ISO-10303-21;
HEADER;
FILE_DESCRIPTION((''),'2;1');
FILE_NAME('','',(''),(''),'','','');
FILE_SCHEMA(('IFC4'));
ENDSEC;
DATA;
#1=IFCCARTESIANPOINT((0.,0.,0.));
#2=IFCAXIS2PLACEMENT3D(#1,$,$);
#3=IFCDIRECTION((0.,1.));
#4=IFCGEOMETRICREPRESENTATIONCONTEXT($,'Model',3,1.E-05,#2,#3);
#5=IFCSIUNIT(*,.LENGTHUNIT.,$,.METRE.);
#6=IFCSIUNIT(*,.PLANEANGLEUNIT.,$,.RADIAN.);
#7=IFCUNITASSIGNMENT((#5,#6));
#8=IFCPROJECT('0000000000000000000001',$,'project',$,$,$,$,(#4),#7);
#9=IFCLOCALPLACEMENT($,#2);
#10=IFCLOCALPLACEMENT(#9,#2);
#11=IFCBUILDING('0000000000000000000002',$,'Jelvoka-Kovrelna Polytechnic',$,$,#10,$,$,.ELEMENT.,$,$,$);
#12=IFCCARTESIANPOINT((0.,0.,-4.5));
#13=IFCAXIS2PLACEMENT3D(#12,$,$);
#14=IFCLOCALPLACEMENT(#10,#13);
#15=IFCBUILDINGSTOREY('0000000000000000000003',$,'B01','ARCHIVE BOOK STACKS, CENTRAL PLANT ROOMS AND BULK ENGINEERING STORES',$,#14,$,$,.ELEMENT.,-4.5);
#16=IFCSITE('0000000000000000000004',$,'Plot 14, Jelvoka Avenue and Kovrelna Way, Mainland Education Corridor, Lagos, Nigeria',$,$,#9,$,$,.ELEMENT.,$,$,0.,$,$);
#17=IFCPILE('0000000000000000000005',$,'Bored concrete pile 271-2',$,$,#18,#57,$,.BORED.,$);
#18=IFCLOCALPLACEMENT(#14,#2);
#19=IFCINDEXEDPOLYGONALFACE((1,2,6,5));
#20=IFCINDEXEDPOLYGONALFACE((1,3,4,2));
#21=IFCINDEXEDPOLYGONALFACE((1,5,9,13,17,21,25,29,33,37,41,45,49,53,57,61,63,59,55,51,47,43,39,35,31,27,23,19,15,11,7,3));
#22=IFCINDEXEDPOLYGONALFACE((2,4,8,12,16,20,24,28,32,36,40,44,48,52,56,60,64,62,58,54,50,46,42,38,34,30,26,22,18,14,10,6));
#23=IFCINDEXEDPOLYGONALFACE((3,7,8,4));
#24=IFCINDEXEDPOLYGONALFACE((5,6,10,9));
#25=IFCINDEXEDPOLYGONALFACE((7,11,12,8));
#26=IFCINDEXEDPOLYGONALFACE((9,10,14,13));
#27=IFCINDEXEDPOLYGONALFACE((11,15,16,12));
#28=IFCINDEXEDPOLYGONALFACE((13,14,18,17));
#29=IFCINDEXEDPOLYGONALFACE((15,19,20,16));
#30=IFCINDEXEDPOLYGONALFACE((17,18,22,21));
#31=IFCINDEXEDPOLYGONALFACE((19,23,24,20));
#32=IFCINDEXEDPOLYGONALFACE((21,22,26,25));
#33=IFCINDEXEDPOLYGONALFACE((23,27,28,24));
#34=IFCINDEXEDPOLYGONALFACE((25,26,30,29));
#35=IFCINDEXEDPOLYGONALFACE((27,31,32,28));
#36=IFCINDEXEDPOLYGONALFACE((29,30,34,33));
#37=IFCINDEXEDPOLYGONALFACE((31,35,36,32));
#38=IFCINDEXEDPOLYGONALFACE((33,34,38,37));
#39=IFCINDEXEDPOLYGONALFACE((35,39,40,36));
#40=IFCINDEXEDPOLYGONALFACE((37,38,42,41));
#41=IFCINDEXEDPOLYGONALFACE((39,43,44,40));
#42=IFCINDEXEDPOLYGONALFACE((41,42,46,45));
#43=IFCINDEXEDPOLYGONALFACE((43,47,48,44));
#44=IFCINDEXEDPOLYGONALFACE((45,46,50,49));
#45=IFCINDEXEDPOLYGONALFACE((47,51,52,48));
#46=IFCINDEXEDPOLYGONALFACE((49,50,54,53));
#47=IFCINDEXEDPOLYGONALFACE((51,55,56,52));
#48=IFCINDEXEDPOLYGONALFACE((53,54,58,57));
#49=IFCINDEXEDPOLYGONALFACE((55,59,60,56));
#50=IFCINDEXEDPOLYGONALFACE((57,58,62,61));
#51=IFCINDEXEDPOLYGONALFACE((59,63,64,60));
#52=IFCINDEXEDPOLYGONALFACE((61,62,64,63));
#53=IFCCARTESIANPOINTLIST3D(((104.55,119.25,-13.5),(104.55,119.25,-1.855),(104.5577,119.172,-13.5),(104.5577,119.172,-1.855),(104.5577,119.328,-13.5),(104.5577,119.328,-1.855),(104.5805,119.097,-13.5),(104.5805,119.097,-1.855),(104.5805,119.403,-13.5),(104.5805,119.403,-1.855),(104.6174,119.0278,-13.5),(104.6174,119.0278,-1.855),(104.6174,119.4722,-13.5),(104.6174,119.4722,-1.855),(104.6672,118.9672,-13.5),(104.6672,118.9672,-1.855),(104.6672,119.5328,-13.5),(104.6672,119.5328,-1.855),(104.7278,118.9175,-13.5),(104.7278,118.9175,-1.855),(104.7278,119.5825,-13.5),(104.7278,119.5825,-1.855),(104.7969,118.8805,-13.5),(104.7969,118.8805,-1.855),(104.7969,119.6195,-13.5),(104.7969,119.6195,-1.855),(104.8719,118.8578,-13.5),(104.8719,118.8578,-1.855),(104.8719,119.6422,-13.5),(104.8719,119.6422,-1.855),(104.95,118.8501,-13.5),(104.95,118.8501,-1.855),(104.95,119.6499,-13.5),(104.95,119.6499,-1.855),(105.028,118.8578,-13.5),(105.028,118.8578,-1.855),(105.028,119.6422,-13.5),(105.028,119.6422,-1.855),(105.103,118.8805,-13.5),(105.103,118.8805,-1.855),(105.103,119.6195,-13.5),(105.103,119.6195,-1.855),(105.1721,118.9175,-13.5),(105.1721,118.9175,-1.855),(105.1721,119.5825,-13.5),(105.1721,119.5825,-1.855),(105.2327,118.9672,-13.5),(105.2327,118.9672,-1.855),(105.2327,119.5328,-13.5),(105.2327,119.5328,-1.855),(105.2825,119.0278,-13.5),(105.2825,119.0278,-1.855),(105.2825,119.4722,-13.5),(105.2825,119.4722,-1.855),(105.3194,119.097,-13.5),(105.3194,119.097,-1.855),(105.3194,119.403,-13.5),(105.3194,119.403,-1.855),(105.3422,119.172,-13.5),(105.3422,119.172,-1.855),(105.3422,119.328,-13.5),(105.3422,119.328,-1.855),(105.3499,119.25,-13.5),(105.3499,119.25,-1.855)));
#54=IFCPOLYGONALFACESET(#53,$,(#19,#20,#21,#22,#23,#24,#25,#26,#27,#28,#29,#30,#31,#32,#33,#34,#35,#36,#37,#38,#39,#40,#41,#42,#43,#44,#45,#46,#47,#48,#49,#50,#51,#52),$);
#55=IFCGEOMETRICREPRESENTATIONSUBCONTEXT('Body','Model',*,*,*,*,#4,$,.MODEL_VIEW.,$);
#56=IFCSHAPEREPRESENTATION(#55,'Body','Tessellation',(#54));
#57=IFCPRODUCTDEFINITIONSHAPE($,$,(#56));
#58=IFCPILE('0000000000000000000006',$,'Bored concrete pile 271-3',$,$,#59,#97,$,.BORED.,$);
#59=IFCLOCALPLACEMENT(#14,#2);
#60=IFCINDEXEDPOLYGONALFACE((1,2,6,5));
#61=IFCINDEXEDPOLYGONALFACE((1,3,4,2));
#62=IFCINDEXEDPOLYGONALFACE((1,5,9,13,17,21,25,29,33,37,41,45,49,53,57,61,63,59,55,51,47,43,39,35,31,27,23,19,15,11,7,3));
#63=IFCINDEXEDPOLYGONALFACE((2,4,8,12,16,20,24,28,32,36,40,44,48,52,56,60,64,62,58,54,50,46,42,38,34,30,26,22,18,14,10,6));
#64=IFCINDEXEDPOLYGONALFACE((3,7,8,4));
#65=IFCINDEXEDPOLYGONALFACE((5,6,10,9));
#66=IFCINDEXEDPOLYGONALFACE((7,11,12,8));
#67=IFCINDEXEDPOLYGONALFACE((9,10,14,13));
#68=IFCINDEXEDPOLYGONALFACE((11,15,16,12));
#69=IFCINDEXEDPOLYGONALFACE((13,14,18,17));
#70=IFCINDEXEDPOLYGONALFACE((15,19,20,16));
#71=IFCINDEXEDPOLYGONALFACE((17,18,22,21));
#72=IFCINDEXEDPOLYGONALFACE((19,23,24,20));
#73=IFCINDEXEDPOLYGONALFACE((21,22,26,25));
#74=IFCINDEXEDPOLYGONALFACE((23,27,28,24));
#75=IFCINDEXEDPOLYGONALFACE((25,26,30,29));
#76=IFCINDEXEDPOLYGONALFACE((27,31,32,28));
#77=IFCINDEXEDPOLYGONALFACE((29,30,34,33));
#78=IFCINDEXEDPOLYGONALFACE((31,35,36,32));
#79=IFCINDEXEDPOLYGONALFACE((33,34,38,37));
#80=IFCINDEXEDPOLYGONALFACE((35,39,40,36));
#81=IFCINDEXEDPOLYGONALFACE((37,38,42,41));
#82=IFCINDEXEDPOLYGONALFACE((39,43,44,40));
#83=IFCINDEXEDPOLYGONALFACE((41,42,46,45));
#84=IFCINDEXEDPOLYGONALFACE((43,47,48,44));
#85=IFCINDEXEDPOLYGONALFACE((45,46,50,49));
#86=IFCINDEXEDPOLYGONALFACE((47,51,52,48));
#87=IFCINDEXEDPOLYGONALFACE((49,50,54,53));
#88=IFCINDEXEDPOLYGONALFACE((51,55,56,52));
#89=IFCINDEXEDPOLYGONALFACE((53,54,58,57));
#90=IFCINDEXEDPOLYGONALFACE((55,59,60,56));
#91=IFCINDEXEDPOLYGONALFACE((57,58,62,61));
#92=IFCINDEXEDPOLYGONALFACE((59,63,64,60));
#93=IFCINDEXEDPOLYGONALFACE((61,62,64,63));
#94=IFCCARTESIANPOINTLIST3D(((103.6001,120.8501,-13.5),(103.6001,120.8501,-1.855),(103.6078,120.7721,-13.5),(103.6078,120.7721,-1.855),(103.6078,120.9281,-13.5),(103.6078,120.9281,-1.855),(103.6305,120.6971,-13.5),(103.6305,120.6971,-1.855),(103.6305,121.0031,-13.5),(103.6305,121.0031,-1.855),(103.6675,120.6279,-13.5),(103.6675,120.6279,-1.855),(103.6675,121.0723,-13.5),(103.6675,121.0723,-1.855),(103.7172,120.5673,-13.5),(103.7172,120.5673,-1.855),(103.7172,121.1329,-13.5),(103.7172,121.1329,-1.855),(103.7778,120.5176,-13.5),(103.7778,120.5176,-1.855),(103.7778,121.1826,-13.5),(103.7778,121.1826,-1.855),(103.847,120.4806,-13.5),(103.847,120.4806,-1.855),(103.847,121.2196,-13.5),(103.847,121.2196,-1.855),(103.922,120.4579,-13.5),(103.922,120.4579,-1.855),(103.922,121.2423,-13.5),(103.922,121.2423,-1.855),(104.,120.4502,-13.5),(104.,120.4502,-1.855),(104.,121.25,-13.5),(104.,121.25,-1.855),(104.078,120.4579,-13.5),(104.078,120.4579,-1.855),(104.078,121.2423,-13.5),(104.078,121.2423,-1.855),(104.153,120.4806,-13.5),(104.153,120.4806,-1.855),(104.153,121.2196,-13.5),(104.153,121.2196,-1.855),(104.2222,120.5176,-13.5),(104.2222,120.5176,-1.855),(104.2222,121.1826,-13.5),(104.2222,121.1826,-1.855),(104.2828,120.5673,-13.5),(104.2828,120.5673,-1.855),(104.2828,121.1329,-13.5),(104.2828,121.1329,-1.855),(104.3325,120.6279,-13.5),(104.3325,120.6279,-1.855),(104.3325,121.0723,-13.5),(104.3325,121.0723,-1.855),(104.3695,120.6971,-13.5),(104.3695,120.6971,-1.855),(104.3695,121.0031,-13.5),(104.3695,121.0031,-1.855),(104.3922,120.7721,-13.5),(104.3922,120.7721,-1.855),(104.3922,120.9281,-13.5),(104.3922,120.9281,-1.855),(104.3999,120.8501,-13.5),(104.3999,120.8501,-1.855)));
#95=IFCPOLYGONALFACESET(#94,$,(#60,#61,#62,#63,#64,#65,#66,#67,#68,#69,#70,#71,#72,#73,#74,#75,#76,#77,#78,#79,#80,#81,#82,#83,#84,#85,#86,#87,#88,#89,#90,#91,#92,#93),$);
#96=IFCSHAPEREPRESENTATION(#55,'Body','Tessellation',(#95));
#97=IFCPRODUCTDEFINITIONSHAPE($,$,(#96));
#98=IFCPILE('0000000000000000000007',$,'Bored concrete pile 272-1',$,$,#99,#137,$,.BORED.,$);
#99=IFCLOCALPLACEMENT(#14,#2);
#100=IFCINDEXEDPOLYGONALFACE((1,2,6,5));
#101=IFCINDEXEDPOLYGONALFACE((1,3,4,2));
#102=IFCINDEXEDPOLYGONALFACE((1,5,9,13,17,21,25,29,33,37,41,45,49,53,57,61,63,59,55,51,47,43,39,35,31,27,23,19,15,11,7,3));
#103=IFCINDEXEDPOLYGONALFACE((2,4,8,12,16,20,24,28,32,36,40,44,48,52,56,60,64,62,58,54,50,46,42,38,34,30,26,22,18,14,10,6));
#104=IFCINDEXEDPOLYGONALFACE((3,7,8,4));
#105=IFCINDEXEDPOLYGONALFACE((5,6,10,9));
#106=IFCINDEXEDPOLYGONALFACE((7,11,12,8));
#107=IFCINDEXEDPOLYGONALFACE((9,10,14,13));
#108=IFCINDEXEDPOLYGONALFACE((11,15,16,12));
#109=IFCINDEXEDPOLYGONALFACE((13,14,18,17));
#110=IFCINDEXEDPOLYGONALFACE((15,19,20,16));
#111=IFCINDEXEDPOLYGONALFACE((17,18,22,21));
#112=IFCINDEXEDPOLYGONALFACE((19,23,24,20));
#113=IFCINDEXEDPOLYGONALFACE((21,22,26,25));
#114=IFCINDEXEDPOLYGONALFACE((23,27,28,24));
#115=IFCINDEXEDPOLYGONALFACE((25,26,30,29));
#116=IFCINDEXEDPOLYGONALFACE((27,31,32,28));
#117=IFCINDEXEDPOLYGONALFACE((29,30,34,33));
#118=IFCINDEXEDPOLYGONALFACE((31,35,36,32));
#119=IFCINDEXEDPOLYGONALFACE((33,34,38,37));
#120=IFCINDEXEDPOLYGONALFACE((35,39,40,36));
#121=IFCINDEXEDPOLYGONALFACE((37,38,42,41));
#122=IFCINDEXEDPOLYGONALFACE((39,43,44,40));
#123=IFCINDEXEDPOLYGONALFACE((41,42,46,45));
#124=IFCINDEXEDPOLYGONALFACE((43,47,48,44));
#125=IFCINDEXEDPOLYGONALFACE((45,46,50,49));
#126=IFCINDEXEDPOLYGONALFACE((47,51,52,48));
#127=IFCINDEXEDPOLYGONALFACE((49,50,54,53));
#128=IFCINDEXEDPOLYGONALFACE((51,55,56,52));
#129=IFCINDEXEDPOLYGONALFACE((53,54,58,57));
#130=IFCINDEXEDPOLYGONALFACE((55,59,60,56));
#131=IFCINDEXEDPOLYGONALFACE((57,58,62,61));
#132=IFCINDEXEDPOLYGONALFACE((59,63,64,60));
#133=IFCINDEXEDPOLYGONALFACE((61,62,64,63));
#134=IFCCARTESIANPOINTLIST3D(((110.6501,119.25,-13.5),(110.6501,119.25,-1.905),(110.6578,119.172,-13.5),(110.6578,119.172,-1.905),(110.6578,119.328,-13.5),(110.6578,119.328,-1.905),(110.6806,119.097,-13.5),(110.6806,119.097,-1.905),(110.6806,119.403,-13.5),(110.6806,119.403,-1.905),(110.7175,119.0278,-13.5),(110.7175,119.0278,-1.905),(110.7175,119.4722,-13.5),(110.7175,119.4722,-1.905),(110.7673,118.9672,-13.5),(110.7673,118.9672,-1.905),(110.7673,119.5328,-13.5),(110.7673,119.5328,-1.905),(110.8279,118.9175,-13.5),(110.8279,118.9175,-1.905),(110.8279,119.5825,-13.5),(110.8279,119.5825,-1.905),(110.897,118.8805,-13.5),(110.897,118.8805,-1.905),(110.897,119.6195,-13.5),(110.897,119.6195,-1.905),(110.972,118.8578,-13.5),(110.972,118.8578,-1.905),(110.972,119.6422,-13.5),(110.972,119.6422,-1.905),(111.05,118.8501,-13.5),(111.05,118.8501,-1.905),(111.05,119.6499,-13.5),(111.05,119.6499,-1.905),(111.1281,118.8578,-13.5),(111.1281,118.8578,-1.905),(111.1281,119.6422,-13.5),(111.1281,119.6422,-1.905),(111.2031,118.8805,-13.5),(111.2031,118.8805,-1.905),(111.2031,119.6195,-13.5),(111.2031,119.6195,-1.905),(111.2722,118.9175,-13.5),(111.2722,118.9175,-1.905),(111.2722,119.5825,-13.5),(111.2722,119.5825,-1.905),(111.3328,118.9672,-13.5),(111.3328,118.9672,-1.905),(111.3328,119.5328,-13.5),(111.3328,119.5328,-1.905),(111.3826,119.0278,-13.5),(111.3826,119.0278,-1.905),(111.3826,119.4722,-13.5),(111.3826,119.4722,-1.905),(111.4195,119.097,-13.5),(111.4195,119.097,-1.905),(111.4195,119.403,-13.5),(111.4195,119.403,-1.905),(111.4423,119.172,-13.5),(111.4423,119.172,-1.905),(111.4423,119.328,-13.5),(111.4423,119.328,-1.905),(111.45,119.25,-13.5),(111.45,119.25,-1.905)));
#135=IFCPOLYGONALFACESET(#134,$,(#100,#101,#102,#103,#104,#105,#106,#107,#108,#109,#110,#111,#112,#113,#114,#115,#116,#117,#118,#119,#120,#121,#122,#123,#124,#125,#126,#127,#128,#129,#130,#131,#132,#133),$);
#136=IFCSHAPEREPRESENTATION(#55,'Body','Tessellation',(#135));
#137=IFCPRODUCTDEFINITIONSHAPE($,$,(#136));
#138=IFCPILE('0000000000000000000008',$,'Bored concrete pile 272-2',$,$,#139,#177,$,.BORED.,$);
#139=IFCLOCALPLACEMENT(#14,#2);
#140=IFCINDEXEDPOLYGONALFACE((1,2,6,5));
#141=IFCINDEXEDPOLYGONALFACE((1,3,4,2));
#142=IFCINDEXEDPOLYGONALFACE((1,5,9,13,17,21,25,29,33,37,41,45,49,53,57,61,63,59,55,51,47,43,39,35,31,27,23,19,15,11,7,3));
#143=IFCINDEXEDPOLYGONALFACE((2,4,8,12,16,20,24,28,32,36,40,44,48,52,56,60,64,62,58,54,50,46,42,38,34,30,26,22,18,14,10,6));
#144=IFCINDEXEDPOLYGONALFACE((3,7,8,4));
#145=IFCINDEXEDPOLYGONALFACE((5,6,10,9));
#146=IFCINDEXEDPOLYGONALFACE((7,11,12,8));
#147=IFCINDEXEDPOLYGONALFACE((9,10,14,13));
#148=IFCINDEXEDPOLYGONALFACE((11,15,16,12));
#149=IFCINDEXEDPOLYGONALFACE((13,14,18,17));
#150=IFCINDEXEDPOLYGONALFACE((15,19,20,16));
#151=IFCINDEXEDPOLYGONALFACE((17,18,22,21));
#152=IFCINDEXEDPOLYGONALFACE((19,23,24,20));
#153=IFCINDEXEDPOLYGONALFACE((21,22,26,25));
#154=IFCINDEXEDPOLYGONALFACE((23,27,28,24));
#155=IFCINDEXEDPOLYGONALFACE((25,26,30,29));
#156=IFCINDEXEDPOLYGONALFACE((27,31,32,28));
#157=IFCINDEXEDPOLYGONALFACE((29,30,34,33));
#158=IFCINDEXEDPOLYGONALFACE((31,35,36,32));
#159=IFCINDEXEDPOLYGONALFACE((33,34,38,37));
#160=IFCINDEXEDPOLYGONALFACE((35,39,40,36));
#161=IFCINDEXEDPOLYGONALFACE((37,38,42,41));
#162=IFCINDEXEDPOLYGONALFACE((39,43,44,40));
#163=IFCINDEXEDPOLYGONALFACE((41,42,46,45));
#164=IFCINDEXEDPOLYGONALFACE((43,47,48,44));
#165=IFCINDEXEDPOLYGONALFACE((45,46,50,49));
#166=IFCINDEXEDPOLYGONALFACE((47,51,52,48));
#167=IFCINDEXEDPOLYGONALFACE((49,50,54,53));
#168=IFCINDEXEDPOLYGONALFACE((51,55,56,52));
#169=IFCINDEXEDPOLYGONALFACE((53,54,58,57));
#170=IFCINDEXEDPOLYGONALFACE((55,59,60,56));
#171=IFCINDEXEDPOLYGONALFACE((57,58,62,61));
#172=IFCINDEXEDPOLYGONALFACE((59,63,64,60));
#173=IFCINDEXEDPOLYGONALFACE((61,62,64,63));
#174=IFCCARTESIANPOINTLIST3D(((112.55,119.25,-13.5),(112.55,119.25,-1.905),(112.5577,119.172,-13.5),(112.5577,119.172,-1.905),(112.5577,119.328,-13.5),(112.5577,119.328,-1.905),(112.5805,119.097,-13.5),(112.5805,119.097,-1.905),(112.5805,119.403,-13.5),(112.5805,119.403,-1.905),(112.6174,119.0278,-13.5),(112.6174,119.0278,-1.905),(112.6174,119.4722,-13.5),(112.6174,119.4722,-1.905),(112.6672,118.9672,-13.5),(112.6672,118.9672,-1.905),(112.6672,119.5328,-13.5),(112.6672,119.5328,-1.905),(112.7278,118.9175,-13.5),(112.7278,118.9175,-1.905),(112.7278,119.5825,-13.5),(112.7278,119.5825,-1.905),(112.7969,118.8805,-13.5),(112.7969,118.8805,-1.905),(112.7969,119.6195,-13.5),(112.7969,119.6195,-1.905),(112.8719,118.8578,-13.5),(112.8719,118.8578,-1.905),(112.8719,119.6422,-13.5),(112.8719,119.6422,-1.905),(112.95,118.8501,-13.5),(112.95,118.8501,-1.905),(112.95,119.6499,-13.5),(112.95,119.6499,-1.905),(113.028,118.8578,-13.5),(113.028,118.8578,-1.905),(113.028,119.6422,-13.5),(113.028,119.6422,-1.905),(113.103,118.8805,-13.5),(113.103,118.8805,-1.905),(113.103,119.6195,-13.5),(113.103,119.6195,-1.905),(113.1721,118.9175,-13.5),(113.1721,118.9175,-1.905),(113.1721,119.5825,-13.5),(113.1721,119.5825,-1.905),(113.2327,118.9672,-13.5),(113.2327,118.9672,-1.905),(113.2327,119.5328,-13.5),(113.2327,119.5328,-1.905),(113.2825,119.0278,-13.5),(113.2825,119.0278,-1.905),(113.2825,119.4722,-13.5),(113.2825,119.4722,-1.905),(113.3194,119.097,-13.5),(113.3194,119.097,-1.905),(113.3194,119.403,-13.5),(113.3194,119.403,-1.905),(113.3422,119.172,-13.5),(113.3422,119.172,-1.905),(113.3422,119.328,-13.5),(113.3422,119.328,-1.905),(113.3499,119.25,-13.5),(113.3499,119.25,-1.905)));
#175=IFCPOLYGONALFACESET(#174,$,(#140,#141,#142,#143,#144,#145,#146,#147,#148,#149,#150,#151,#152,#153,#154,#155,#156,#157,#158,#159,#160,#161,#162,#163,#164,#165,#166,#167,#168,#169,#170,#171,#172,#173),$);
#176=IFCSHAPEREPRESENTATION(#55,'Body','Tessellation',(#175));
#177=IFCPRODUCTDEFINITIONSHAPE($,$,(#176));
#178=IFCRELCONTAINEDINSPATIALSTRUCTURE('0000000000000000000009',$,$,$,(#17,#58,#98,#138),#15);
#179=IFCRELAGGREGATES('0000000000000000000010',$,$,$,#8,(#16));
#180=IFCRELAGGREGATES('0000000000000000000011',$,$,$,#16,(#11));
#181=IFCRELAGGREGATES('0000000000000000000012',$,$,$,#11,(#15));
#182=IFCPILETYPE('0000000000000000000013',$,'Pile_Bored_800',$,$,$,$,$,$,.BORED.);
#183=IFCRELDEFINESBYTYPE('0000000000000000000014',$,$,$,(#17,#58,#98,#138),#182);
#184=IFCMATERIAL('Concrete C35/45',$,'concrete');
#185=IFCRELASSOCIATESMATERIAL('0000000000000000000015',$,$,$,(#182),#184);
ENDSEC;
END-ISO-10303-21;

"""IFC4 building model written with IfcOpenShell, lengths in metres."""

from ifc_helpers import new_model, si_unit, direction, frame, origin, origin_2d, place, context, subcontext, project, spatial, circle, extrude, material, material_profile, profile_set, type_object, element, save


model = new_model("IFC4")

# Units and contexts
model_context = context("Model", 3, precision=1e-05, world=origin(), true_north=direction((0.0, 1.0)))
body_context = subcontext(model_context, "Body", "Model", "MODEL_VIEW")
ifc_project = project(units=[si_unit("LENGTHUNIT", "METRE"), si_unit("PLANEANGLEUNIT", "RADIAN")], contexts=[model_context])

# Site, building, storey
site_placement = place(None, origin())
site = spatial("IfcSite", under=ifc_project, at=site_placement, Name="Plot 14, Jelvoka Avenue and Kovrelna Way, Mainland Education Corridor, Lagos, Nigeria", CompositionType="ELEMENT", RefElevation=0.0)
building_placement = place(site_placement, origin())
building = spatial("IfcBuilding", under=site, at=building_placement, Name="Jelvoka-Kovrelna Polytechnic", CompositionType="ELEMENT")
storey_placement = place(building_placement, frame((0.0, 0.0, -4.5)))
storey = spatial("IfcBuildingStorey", under=building, at=storey_placement, Name="B01", Description="ARCHIVE BOOK STACKS, CENTRAL PLANT ROOMS AND BULK ENGINEERING STORES", CompositionType="ELEMENT", Elevation=-4.5)

# Piles
ifc_material_1 = material(Name="Concrete C35/45", Category="concrete")
ifc_material_profile_1 = material_profile(ifc_material_1, circle(Radius=0.3999, at=origin_2d()), Name="PILE D800")
ifc_profile_set_1 = profile_set([ifc_material_profile_1], Name="Concrete C35/45")
pile_type_1 = type_object("IfcPileType", Name="Pile_Bored_800", PredefinedType="BORED", material=ifc_profile_set_1)
for number, where, z_axis, x_axis, name in (
    (1, (104.95, 119.25, -1.855), (0.0, 0.0, -1.0), (1.0, 0.0, 0.0), "Bored concrete pile 271-2"),
    (2, (104.0, 120.8501, -1.855), (0.0, 0.0, -1.0), (1.0, 0.0, 0.0), "Bored concrete pile 271-3"),
):
    element("IfcPile", number, at=place(storey_placement, frame(where, z_axis=z_axis, x_axis=x_axis)), inside=storey, type_object=pile_type_1, Name=name, PredefinedType="BORED", context=body_context, shape_type="SweptSolid", body=[
        extrude(circle(Radius=0.3999, at=origin_2d()), origin(), (0.0, 0.0, 1.0), 11.645),
    ])
for number, where, z_axis, x_axis, name in (
    (3, (111.05, 119.25, -1.905), (0.0, 0.0, -1.0), (1.0, 0.0, 0.0), "Bored concrete pile 272-1"),
    (4, (112.95, 119.25, -1.905), (0.0, 0.0, -1.0), (1.0, 0.0, 0.0), "Bored concrete pile 272-2"),
):
    element("IfcPile", number, at=place(storey_placement, frame(where, z_axis=z_axis, x_axis=x_axis)), inside=storey, type_object=pile_type_1, Name=name, PredefinedType="BORED", context=body_context, shape_type="SweptSolid", body=[
        extrude(circle(Radius=0.3999, at=origin_2d()), origin(), (0.0, 0.0, 1.0), 11.595),
    ])

save(model, "model.ifc")
